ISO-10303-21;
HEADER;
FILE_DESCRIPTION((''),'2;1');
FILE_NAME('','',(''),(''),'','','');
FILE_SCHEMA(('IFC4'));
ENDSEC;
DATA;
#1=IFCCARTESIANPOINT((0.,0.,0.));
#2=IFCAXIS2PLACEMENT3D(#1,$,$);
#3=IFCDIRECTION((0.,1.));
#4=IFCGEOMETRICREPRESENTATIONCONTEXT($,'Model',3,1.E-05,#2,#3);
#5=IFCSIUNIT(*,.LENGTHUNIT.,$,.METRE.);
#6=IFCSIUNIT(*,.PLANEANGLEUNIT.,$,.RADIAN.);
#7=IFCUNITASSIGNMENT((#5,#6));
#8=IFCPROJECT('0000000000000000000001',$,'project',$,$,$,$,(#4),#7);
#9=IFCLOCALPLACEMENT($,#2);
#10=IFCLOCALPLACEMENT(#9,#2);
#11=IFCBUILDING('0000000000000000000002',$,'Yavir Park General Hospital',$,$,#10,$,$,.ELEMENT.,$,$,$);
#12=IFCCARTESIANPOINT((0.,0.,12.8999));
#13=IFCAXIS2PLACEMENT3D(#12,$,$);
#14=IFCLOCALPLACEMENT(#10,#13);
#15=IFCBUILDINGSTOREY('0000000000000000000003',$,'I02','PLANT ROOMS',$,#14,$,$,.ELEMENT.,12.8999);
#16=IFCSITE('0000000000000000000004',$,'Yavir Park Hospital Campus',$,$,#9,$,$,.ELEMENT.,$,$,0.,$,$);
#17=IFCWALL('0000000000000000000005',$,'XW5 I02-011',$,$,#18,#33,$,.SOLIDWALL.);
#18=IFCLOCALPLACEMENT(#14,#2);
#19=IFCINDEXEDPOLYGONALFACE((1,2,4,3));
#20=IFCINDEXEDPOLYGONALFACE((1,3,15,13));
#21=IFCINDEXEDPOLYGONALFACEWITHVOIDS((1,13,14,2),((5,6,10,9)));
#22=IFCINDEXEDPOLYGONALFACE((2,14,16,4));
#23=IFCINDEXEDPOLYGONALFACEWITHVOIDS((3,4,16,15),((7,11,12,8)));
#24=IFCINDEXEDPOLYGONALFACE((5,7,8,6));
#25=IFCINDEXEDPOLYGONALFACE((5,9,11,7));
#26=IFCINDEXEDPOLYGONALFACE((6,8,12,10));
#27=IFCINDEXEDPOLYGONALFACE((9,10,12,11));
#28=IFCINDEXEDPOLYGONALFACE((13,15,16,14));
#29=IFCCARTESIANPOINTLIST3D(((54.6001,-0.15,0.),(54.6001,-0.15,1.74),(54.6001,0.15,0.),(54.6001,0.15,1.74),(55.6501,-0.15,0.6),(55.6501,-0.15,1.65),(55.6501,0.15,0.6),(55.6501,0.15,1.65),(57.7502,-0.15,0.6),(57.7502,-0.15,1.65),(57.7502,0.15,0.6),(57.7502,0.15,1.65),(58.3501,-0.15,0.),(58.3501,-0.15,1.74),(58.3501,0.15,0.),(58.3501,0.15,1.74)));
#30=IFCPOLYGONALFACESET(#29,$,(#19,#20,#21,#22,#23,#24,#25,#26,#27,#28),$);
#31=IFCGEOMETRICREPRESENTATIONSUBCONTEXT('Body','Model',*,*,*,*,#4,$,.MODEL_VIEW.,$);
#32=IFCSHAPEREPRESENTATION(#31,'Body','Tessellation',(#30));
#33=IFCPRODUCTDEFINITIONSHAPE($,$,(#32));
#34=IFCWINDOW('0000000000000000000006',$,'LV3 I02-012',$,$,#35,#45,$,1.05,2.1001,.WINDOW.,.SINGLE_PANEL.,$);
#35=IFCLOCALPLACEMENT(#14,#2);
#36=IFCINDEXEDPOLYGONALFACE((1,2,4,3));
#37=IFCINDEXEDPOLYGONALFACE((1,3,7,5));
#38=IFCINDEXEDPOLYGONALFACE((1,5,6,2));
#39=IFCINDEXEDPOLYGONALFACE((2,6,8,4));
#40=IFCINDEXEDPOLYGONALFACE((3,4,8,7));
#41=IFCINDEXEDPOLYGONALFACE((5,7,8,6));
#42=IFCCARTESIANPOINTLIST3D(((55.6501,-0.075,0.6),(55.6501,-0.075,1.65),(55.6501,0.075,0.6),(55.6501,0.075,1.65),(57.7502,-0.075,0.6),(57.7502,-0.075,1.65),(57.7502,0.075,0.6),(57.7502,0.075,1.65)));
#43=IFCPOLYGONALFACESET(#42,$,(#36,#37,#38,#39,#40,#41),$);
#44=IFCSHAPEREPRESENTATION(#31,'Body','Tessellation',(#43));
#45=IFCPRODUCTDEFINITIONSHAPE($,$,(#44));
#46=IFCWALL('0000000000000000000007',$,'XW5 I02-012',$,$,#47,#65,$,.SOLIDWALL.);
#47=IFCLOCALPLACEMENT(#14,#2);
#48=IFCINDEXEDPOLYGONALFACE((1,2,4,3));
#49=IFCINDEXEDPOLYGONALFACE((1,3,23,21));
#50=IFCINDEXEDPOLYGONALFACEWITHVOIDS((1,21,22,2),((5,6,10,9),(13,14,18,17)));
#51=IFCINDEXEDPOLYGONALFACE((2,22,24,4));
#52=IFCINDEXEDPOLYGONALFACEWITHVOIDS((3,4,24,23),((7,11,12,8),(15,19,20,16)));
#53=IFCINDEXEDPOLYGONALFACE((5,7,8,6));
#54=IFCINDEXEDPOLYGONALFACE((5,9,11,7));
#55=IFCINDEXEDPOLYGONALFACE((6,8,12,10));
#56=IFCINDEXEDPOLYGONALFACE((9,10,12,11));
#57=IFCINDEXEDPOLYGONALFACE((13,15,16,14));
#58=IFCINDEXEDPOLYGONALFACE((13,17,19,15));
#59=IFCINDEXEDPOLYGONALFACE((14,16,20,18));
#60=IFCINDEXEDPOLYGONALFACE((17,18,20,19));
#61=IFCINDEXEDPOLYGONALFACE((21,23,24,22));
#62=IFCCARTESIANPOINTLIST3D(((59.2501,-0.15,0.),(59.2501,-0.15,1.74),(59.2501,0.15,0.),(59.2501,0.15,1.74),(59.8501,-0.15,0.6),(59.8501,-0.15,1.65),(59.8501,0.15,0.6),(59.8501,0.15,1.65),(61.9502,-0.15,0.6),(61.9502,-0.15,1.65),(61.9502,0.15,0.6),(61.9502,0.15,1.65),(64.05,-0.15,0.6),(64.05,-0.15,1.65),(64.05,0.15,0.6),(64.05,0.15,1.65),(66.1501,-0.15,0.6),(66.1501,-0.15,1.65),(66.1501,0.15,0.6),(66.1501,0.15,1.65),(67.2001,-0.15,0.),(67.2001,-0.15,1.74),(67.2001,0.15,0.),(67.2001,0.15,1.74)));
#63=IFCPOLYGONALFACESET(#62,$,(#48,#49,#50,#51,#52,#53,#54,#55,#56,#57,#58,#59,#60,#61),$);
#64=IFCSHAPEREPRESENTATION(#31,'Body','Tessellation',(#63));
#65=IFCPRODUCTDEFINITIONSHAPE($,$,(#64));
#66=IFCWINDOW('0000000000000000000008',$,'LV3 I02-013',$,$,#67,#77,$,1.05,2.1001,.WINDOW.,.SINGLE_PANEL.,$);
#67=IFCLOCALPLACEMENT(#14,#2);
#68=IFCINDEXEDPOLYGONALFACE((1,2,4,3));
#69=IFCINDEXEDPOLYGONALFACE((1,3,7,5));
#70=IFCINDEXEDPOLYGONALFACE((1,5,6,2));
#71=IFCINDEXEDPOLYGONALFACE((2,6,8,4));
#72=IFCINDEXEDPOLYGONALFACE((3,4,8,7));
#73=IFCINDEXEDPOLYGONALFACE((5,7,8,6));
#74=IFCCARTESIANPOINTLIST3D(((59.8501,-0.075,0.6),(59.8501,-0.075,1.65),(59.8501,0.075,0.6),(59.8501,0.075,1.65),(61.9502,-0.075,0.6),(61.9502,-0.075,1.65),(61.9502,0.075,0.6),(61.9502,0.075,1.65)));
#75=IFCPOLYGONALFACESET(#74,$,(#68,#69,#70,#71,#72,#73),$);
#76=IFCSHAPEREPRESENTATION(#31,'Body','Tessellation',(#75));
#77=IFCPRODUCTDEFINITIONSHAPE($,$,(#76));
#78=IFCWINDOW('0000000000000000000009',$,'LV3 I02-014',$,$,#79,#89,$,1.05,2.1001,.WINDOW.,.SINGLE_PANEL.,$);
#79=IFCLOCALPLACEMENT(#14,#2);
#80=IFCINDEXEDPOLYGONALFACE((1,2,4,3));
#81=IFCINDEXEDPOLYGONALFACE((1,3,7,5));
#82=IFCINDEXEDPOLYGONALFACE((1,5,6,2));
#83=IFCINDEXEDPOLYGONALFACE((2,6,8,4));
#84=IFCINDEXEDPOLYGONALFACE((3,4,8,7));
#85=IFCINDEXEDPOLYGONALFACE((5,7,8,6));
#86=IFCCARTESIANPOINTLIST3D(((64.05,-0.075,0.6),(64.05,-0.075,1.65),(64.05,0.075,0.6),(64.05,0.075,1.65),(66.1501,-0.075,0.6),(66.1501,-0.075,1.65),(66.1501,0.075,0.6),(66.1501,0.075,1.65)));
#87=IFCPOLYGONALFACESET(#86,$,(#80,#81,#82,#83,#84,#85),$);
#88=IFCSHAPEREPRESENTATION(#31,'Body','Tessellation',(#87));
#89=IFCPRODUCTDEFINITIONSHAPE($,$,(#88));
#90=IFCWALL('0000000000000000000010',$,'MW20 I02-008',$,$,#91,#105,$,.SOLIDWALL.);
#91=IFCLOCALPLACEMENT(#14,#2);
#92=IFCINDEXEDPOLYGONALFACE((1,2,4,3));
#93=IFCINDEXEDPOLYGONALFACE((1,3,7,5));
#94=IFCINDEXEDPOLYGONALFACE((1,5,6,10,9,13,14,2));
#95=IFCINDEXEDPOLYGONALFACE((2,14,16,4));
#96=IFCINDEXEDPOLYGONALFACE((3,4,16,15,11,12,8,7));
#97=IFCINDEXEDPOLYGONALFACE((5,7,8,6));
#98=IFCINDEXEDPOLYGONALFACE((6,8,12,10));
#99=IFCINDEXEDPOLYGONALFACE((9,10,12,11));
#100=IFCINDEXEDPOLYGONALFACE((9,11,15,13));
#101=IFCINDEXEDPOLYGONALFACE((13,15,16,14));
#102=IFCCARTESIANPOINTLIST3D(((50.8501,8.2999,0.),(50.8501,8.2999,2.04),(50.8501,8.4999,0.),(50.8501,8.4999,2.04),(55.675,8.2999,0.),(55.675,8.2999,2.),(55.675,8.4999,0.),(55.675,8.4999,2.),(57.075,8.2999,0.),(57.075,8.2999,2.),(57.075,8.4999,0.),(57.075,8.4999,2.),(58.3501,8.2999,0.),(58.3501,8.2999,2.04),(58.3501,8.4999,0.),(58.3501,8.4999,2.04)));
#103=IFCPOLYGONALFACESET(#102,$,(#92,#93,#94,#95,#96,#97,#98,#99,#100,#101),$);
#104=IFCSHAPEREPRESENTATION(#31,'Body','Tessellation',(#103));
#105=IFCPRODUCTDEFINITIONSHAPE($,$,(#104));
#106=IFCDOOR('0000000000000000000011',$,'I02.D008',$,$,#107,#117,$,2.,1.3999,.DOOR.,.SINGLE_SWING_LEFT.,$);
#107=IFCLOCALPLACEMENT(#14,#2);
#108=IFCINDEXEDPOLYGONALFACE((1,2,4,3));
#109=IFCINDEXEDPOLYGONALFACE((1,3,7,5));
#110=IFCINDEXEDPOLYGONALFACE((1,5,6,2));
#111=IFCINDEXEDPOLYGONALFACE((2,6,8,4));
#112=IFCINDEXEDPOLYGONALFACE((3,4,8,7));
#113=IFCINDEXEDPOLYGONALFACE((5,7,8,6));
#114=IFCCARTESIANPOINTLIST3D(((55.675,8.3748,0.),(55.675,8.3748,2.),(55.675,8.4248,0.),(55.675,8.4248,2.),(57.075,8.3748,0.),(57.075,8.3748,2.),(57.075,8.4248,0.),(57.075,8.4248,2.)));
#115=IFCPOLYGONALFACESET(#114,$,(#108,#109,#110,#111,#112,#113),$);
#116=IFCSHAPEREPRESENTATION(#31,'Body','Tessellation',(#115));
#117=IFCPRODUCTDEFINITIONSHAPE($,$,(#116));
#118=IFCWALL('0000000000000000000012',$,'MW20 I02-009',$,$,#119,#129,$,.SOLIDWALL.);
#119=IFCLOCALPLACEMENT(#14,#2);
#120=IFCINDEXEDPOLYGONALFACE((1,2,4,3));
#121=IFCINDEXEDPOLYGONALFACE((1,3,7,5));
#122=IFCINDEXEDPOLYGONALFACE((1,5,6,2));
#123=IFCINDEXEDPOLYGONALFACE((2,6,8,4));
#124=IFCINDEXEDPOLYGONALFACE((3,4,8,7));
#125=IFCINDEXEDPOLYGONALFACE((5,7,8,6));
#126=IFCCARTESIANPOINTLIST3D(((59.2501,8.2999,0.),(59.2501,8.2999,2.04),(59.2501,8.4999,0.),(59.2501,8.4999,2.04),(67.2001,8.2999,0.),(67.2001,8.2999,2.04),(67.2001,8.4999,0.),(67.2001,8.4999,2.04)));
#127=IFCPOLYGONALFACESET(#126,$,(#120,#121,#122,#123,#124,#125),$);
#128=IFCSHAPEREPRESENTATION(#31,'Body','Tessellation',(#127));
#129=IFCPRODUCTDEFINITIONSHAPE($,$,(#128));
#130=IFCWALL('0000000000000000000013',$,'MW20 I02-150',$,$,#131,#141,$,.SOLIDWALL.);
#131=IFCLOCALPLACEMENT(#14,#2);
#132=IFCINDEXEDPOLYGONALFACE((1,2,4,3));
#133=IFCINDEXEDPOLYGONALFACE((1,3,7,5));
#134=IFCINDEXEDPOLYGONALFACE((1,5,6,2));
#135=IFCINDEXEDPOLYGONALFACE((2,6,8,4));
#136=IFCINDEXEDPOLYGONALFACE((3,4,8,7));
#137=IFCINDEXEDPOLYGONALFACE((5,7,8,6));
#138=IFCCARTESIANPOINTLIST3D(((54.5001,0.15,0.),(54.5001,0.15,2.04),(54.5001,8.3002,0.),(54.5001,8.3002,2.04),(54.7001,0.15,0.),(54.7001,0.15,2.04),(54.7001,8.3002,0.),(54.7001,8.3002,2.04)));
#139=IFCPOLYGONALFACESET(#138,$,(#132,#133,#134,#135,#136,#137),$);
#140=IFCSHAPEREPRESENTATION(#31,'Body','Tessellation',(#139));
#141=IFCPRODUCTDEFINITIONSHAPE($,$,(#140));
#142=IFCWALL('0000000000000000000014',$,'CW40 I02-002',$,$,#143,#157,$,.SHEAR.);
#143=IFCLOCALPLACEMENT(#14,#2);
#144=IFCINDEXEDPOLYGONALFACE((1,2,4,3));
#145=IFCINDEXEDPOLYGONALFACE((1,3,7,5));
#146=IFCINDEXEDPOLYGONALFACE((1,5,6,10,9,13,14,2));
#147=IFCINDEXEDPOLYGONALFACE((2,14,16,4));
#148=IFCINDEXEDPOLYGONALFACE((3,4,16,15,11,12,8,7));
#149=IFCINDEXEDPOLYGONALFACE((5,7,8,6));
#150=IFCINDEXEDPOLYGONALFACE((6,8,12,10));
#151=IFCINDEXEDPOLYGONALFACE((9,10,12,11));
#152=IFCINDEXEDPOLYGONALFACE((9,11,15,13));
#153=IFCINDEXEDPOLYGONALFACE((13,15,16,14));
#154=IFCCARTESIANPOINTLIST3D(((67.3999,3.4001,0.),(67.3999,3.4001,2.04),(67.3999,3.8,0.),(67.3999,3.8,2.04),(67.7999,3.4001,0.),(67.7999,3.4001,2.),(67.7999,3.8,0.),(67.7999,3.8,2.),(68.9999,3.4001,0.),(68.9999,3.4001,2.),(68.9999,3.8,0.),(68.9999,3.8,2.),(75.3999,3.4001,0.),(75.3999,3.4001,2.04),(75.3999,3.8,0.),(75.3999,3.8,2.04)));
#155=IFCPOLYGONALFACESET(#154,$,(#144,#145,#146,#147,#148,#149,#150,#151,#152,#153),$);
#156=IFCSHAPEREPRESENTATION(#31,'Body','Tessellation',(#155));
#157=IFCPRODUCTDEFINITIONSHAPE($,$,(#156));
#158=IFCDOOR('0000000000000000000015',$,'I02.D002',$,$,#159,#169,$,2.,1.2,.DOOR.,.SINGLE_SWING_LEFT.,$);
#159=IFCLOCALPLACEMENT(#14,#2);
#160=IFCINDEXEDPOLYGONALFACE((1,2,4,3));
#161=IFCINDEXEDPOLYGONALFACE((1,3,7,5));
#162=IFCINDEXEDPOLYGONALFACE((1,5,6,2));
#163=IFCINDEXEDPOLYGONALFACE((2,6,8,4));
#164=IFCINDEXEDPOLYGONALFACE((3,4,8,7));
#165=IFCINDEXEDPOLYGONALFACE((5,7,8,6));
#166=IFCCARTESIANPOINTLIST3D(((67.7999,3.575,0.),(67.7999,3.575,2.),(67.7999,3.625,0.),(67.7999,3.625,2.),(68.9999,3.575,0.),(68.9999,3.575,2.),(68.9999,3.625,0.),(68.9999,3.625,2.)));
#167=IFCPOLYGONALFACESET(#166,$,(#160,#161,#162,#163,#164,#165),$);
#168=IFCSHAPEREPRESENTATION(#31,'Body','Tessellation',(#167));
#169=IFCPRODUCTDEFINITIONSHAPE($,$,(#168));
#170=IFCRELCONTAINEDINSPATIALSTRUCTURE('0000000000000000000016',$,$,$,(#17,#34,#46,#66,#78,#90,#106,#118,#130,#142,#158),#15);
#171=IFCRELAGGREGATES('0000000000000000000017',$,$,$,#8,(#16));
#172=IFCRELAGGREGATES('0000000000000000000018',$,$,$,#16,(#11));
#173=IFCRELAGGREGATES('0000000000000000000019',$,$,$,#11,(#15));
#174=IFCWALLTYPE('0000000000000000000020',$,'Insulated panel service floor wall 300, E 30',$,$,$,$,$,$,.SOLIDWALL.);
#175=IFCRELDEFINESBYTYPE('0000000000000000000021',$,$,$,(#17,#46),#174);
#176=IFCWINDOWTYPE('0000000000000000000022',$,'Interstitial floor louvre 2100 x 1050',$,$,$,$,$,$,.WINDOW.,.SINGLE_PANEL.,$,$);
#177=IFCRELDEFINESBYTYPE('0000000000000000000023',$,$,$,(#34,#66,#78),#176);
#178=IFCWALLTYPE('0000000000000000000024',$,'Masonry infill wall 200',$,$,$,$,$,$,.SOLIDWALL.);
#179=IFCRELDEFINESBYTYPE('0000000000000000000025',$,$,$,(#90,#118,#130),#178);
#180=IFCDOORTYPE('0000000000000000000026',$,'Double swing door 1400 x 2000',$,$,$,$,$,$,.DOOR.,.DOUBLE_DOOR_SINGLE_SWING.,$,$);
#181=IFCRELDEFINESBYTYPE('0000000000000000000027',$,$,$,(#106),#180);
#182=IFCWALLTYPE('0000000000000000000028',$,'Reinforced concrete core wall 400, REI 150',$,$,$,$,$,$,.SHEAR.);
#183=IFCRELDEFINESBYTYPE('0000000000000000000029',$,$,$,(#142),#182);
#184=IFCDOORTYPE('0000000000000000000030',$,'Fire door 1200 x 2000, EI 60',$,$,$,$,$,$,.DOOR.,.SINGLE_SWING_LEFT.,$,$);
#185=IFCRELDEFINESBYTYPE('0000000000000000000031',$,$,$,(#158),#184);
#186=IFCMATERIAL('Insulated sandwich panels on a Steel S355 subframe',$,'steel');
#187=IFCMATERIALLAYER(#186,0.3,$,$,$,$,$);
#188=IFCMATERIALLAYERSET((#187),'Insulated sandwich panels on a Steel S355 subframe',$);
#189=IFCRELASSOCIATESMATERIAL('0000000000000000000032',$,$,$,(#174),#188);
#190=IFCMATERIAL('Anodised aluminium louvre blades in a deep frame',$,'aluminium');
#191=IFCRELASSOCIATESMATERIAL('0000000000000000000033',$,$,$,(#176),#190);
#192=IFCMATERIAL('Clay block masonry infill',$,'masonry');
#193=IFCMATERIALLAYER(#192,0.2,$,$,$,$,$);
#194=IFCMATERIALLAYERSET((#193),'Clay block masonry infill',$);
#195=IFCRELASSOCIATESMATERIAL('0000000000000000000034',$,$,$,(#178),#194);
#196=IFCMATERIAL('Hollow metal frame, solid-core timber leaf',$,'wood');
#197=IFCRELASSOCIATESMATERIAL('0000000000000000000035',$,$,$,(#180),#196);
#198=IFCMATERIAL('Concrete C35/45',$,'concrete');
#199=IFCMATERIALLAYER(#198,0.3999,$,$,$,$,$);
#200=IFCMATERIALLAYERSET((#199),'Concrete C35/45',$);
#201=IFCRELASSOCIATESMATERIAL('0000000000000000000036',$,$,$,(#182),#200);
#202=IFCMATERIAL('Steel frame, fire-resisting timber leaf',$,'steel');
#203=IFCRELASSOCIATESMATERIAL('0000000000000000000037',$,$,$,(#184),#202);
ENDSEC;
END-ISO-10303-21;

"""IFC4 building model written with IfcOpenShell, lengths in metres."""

from ifc_helpers import new_model, si_unit, direction, frame, frame_2d, origin, place, context, subcontext, project, spatial, rectangle, extrude, material, layer, layer_set, type_object, element, fill, save


model = new_model("IFC4")

# Units and contexts
model_context = context("Model", 3, precision=1e-05, world=origin(), true_north=direction((0.0, 1.0)))
body_context = subcontext(model_context, "Body", "Model", "MODEL_VIEW")
ifc_project = project(units=[si_unit("LENGTHUNIT", "METRE"), si_unit("PLANEANGLEUNIT", "RADIAN")], contexts=[model_context])

# Site, building, storey
site_placement = place(None, origin())
site = spatial("IfcSite", under=ifc_project, at=site_placement, Name="Yavir Park Hospital Campus", CompositionType="ELEMENT", RefElevation=0.0)
building_placement = place(site_placement, origin())
building = spatial("IfcBuilding", under=site, at=building_placement, Name="Yavir Park General Hospital", CompositionType="ELEMENT")
storey_placement = place(building_placement, frame((0.0, 0.0, 12.8999)))
storey = spatial("IfcBuildingStorey", under=building, at=storey_placement, Name="I02", Description="PLANT ROOMS", CompositionType="ELEMENT", Elevation=12.8999)

# Wall, opening, window
ifc_material_1 = material(Name="Insulated sandwich panels on a Steel S355 subframe", Category="steel")
ifc_layer_1 = layer(ifc_material_1, 0.3)
ifc_layer_set_1 = layer_set([ifc_layer_1], Name="Insulated sandwich panels on a Steel S355 subframe")
wall_type_1 = type_object("IfcWallType", Name="Insulated panel service floor wall 300, E 30", PredefinedType="SOLIDWALL", material=ifc_layer_set_1)
ifc_material_2 = material(Name="Anodised aluminium louvre blades in a deep frame", Category="aluminium")
window_type = type_object("IfcWindowType", Name="Interstitial floor louvre 2100 x 1050", PartitioningType="SINGLE_PANEL", PredefinedType="WINDOW", material=ifc_material_2)
wall_1_placement = place(storey_placement, frame((54.6001, 0.0, 0.0), z_axis=(0.0, 0.0, 1.0), x_axis=(1.0, 0.0, 0.0)))
wall_1 = element("IfcWall", 1, at=wall_1_placement, inside=storey, type_object=wall_type_1, Name="XW5 I02-011", PredefinedType="SOLIDWALL", context=body_context, shape_type="SweptSolid", body=[
    extrude(rectangle(XDim=3.75, YDim=0.3, at=frame_2d((1.875, 0.0))), origin(), (0.0, 0.0, 1.0), 1.74),
])
opening_1_placement = place(wall_1_placement, frame((1.05, 0.0, 0.6001)))
opening_1 = element("IfcOpeningElement", 2, at=opening_1_placement, cuts=wall_1, PredefinedType="OPENING", context=body_context, shape_type="SweptSolid", body=[
    extrude(rectangle(XDim=2.1001, YDim=1.05, at=frame_2d((1.05, 0.5249))), frame((0.0, 0.1599, 0.0), z_axis=(0.0, -1.0, 0.0), x_axis=(1.0, 0.0, 0.0)), (0.0, 0.0, 1.0), 0.3201),
])
window_1_placement = place(opening_1_placement, origin())
window_1 = element("IfcWindow", 3, at=window_1_placement, inside=storey, type_object=window_type, Name="LV3 I02-012", OverallHeight=1.05, OverallWidth=2.1001, PartitioningType="SINGLE_PANEL", PredefinedType="WINDOW", context=body_context, shape_type="SweptSolid", body=[
    extrude(rectangle(XDim=2.1001, YDim=1.05, at=frame_2d((1.05, 0.5249))), frame((0.0, 0.075, 0.0), z_axis=(0.0, -1.0, 0.0), x_axis=(1.0, 0.0, 0.0)), (0.0, 0.0, 1.0), 0.1499),
])
fill(opening_1, window_1)

# Wall, openings, windows
wall_2_placement = place(storey_placement, frame((59.25, 0.0, 0.0), z_axis=(0.0, 0.0, 1.0), x_axis=(1.0, 0.0, 0.0)))
wall_2 = element("IfcWall", 4, at=wall_2_placement, inside=storey, type_object=wall_type_1, Name="XW5 I02-012", PredefinedType="SOLIDWALL", context=body_context, shape_type="SweptSolid", body=[
    extrude(rectangle(XDim=7.95, YDim=0.3, at=frame_2d((3.9751, 0.0))), origin(), (0.0, 0.0, 1.0), 1.74),
])
opening_2_placement = place(wall_2_placement, frame((0.6001, 0.0, 0.6001)))
opening_2 = element("IfcOpeningElement", 5, at=opening_2_placement, cuts=wall_2, PredefinedType="OPENING", context=body_context, shape_type="SweptSolid", body=[
    extrude(rectangle(XDim=2.1001, YDim=1.05, at=frame_2d((1.05, 0.5249))), frame((0.0, 0.1599, 0.0), z_axis=(0.0, -1.0, 0.0), x_axis=(1.0, 0.0, 0.0)), (0.0, 0.0, 1.0), 0.3201),
])
opening_3_placement = place(wall_2_placement, frame((4.8, 0.0, 0.6001)))
opening_3 = element("IfcOpeningElement", 6, at=opening_3_placement, cuts=wall_2, PredefinedType="OPENING", context=body_context, shape_type="SweptSolid", body=[
    extrude(rectangle(XDim=2.1001, YDim=1.05, at=frame_2d((1.05, 0.5249))), frame((0.0, 0.1599, 0.0), z_axis=(0.0, -1.0, 0.0), x_axis=(1.0, 0.0, 0.0)), (0.0, 0.0, 1.0), 0.3201),
])
window_2_placement = place(opening_2_placement, origin())
window_2 = element("IfcWindow", 7, at=window_2_placement, inside=storey, type_object=window_type, Name="LV3 I02-013", OverallHeight=1.05, OverallWidth=2.1001, PartitioningType="SINGLE_PANEL", PredefinedType="WINDOW", context=body_context, shape_type="SweptSolid", body=[
    extrude(rectangle(XDim=2.1001, YDim=1.05, at=frame_2d((1.05, 0.5249))), frame((0.0, 0.075, 0.0), z_axis=(0.0, -1.0, 0.0), x_axis=(1.0, 0.0, 0.0)), (0.0, 0.0, 1.0), 0.1499),
])
fill(opening_2, window_2)
window_3_placement = place(opening_3_placement, origin())
window_3 = element("IfcWindow", 8, at=window_3_placement, inside=storey, type_object=window_type, Name="LV3 I02-014", OverallHeight=1.05, OverallWidth=2.1001, PartitioningType="SINGLE_PANEL", PredefinedType="WINDOW", context=body_context, shape_type="SweptSolid", body=[
    extrude(rectangle(XDim=2.1001, YDim=1.05, at=frame_2d((1.05, 0.5249))), frame((0.0, 0.075, 0.0), z_axis=(0.0, -1.0, 0.0), x_axis=(1.0, 0.0, 0.0)), (0.0, 0.0, 1.0), 0.1499),
])
fill(opening_3, window_3)

# Wall, opening, door
ifc_material_3 = material(Name="Clay block masonry infill", Category="masonry")
ifc_layer_2 = layer(ifc_material_3, 0.2)
ifc_layer_set_2 = layer_set([ifc_layer_2], Name="Clay block masonry infill")
wall_type_2 = type_object("IfcWallType", Name="Masonry infill wall 200", PredefinedType="SOLIDWALL", material=ifc_layer_set_2)
wall_3_placement = place(storey_placement, frame((50.8501, 8.3999, 0.0), z_axis=(0.0, 0.0, 1.0), x_axis=(1.0, 0.0, 0.0)))
wall_3 = element("IfcWall", 9, at=wall_3_placement, inside=storey, type_object=wall_type_2, Name="MW20 I02-008", PredefinedType="SOLIDWALL", context=body_context, shape_type="SweptSolid", body=[
    extrude(rectangle(XDim=7.5, YDim=0.2, at=frame_2d((3.75, 0.0))), origin(), (0.0, 0.0, 1.0), 2.04),
])
opening_4_placement = place(wall_3_placement, frame((4.825, 0.0, 0.0)))
opening_4 = element("IfcOpeningElement", 10, at=opening_4_placement, cuts=wall_3, PredefinedType="OPENING", context=body_context, shape_type="SweptSolid", body=[
    extrude(rectangle(XDim=1.3999, YDim=2.0, at=frame_2d((0.7, 1.0))), frame((0.0, 0.1099, 0.0), z_axis=(0.0, -1.0, 0.0), x_axis=(1.0, 0.0, 0.0)), (0.0, 0.0, 1.0), 0.22),
])
ifc_material_4 = material(Name="Hollow metal frame, solid-core timber leaf", Category="wood")
door_type_1 = type_object("IfcDoorType", Name="Double swing door 1400 x 2000", OperationType="DOUBLE_DOOR_SINGLE_SWING", PredefinedType="DOOR", material=ifc_material_4)
door_1_placement = place(opening_4_placement, origin())
door_1 = element("IfcDoor", 11, at=door_1_placement, inside=storey, type_object=door_type_1, Name="I02.D008", OperationType="SINGLE_SWING_LEFT", OverallHeight=2.0, OverallWidth=1.3999, PredefinedType="DOOR", context=body_context, shape_type="SweptSolid", body=[
    extrude(rectangle(XDim=1.3999, YDim=2.0, at=frame_2d((0.7, 1.0))), frame((0.0, 0.0249, 0.0), z_axis=(0.0, -1.0, 0.0), x_axis=(1.0, 0.0, 0.0)), (0.0, 0.0, 1.0), 0.05),
])
fill(opening_4, door_1)

# Walls
wall_4_placement = place(storey_placement, frame((59.25, 8.3999, 0.0), z_axis=(0.0, 0.0, 1.0), x_axis=(1.0, 0.0, 0.0)))
element("IfcWall", 12, at=wall_4_placement, inside=storey, type_object=wall_type_2, Name="MW20 I02-009", PredefinedType="SOLIDWALL", context=body_context, shape_type="SweptSolid", body=[
    extrude(rectangle(XDim=7.95, YDim=0.2, at=frame_2d((3.9751, 0.0))), origin(), (0.0, 0.0, 1.0), 2.04),
])
wall_5_placement = place(storey_placement, frame((54.6001, 0.1499, 0.0), z_axis=(0.0, 0.0, 1.0), x_axis=(0.0, 1.0, 0.0)))
element("IfcWall", 13, at=wall_5_placement, inside=storey, type_object=wall_type_2, Name="MW20 I02-150", PredefinedType="SOLIDWALL", context=body_context, shape_type="SweptSolid", body=[
    extrude(rectangle(XDim=8.1501, YDim=0.2, at=frame_2d((4.0752, 0.0))), origin(), (0.0, 0.0, 1.0), 2.04),
])

# Wall, opening, door
ifc_material_5 = material(Name="Concrete C35/45", Category="concrete")
ifc_layer_3 = layer(ifc_material_5, 0.3999)
ifc_layer_set_3 = layer_set([ifc_layer_3], Name="Concrete C35/45")
wall_type_3 = type_object("IfcWallType", Name="Reinforced concrete core wall 400, REI 150", PredefinedType="SHEAR", material=ifc_layer_set_3)
wall_6_placement = place(storey_placement, frame((67.3999, 3.6001, 0.0), z_axis=(0.0, 0.0, 1.0), x_axis=(1.0, 0.0, 0.0)))
wall_6 = element("IfcWall", 14, at=wall_6_placement, inside=storey, type_object=wall_type_3, Name="CW40 I02-002", PredefinedType="SHEAR", context=body_context, shape_type="SweptSolid", body=[
    extrude(rectangle(XDim=8.0, YDim=0.3999, at=frame_2d((4.0, 0.0))), origin(), (0.0, 0.0, 1.0), 2.04),
])
opening_5_placement = place(wall_6_placement, frame((0.3999, 0.0, 0.0)))
opening_5 = element("IfcOpeningElement", 15, at=opening_5_placement, cuts=wall_6, PredefinedType="OPENING", context=body_context, shape_type="SweptSolid", body=[
    extrude(rectangle(XDim=1.2, YDim=2.0, at=frame_2d((0.6001, 1.0))), frame((0.0, 0.21, 0.0), z_axis=(0.0, -1.0, 0.0), x_axis=(1.0, 0.0, 0.0)), (0.0, 0.0, 1.0), 0.4199),
])
ifc_material_6 = material(Name="Steel frame, fire-resisting timber leaf", Category="steel")
door_type_2 = type_object("IfcDoorType", Name="Fire door 1200 x 2000, EI 60", OperationType="SINGLE_SWING_LEFT", PredefinedType="DOOR", material=ifc_material_6)
door_2_placement = place(opening_5_placement, origin())
door_2 = element("IfcDoor", 16, at=door_2_placement, inside=storey, type_object=door_type_2, Name="I02.D002", OperationType="SINGLE_SWING_LEFT", OverallHeight=2.0, OverallWidth=1.2, PredefinedType="DOOR", context=body_context, shape_type="SweptSolid", body=[
    extrude(rectangle(XDim=1.2, YDim=2.0, at=frame_2d((0.6001, 1.0))), frame((0.0, 0.0249, 0.0), z_axis=(0.0, -1.0, 0.0), x_axis=(1.0, 0.0, 0.0)), (0.0, 0.0, 1.0), 0.05),
])
fill(opening_5, door_2)

save(model, "model.ifc")
